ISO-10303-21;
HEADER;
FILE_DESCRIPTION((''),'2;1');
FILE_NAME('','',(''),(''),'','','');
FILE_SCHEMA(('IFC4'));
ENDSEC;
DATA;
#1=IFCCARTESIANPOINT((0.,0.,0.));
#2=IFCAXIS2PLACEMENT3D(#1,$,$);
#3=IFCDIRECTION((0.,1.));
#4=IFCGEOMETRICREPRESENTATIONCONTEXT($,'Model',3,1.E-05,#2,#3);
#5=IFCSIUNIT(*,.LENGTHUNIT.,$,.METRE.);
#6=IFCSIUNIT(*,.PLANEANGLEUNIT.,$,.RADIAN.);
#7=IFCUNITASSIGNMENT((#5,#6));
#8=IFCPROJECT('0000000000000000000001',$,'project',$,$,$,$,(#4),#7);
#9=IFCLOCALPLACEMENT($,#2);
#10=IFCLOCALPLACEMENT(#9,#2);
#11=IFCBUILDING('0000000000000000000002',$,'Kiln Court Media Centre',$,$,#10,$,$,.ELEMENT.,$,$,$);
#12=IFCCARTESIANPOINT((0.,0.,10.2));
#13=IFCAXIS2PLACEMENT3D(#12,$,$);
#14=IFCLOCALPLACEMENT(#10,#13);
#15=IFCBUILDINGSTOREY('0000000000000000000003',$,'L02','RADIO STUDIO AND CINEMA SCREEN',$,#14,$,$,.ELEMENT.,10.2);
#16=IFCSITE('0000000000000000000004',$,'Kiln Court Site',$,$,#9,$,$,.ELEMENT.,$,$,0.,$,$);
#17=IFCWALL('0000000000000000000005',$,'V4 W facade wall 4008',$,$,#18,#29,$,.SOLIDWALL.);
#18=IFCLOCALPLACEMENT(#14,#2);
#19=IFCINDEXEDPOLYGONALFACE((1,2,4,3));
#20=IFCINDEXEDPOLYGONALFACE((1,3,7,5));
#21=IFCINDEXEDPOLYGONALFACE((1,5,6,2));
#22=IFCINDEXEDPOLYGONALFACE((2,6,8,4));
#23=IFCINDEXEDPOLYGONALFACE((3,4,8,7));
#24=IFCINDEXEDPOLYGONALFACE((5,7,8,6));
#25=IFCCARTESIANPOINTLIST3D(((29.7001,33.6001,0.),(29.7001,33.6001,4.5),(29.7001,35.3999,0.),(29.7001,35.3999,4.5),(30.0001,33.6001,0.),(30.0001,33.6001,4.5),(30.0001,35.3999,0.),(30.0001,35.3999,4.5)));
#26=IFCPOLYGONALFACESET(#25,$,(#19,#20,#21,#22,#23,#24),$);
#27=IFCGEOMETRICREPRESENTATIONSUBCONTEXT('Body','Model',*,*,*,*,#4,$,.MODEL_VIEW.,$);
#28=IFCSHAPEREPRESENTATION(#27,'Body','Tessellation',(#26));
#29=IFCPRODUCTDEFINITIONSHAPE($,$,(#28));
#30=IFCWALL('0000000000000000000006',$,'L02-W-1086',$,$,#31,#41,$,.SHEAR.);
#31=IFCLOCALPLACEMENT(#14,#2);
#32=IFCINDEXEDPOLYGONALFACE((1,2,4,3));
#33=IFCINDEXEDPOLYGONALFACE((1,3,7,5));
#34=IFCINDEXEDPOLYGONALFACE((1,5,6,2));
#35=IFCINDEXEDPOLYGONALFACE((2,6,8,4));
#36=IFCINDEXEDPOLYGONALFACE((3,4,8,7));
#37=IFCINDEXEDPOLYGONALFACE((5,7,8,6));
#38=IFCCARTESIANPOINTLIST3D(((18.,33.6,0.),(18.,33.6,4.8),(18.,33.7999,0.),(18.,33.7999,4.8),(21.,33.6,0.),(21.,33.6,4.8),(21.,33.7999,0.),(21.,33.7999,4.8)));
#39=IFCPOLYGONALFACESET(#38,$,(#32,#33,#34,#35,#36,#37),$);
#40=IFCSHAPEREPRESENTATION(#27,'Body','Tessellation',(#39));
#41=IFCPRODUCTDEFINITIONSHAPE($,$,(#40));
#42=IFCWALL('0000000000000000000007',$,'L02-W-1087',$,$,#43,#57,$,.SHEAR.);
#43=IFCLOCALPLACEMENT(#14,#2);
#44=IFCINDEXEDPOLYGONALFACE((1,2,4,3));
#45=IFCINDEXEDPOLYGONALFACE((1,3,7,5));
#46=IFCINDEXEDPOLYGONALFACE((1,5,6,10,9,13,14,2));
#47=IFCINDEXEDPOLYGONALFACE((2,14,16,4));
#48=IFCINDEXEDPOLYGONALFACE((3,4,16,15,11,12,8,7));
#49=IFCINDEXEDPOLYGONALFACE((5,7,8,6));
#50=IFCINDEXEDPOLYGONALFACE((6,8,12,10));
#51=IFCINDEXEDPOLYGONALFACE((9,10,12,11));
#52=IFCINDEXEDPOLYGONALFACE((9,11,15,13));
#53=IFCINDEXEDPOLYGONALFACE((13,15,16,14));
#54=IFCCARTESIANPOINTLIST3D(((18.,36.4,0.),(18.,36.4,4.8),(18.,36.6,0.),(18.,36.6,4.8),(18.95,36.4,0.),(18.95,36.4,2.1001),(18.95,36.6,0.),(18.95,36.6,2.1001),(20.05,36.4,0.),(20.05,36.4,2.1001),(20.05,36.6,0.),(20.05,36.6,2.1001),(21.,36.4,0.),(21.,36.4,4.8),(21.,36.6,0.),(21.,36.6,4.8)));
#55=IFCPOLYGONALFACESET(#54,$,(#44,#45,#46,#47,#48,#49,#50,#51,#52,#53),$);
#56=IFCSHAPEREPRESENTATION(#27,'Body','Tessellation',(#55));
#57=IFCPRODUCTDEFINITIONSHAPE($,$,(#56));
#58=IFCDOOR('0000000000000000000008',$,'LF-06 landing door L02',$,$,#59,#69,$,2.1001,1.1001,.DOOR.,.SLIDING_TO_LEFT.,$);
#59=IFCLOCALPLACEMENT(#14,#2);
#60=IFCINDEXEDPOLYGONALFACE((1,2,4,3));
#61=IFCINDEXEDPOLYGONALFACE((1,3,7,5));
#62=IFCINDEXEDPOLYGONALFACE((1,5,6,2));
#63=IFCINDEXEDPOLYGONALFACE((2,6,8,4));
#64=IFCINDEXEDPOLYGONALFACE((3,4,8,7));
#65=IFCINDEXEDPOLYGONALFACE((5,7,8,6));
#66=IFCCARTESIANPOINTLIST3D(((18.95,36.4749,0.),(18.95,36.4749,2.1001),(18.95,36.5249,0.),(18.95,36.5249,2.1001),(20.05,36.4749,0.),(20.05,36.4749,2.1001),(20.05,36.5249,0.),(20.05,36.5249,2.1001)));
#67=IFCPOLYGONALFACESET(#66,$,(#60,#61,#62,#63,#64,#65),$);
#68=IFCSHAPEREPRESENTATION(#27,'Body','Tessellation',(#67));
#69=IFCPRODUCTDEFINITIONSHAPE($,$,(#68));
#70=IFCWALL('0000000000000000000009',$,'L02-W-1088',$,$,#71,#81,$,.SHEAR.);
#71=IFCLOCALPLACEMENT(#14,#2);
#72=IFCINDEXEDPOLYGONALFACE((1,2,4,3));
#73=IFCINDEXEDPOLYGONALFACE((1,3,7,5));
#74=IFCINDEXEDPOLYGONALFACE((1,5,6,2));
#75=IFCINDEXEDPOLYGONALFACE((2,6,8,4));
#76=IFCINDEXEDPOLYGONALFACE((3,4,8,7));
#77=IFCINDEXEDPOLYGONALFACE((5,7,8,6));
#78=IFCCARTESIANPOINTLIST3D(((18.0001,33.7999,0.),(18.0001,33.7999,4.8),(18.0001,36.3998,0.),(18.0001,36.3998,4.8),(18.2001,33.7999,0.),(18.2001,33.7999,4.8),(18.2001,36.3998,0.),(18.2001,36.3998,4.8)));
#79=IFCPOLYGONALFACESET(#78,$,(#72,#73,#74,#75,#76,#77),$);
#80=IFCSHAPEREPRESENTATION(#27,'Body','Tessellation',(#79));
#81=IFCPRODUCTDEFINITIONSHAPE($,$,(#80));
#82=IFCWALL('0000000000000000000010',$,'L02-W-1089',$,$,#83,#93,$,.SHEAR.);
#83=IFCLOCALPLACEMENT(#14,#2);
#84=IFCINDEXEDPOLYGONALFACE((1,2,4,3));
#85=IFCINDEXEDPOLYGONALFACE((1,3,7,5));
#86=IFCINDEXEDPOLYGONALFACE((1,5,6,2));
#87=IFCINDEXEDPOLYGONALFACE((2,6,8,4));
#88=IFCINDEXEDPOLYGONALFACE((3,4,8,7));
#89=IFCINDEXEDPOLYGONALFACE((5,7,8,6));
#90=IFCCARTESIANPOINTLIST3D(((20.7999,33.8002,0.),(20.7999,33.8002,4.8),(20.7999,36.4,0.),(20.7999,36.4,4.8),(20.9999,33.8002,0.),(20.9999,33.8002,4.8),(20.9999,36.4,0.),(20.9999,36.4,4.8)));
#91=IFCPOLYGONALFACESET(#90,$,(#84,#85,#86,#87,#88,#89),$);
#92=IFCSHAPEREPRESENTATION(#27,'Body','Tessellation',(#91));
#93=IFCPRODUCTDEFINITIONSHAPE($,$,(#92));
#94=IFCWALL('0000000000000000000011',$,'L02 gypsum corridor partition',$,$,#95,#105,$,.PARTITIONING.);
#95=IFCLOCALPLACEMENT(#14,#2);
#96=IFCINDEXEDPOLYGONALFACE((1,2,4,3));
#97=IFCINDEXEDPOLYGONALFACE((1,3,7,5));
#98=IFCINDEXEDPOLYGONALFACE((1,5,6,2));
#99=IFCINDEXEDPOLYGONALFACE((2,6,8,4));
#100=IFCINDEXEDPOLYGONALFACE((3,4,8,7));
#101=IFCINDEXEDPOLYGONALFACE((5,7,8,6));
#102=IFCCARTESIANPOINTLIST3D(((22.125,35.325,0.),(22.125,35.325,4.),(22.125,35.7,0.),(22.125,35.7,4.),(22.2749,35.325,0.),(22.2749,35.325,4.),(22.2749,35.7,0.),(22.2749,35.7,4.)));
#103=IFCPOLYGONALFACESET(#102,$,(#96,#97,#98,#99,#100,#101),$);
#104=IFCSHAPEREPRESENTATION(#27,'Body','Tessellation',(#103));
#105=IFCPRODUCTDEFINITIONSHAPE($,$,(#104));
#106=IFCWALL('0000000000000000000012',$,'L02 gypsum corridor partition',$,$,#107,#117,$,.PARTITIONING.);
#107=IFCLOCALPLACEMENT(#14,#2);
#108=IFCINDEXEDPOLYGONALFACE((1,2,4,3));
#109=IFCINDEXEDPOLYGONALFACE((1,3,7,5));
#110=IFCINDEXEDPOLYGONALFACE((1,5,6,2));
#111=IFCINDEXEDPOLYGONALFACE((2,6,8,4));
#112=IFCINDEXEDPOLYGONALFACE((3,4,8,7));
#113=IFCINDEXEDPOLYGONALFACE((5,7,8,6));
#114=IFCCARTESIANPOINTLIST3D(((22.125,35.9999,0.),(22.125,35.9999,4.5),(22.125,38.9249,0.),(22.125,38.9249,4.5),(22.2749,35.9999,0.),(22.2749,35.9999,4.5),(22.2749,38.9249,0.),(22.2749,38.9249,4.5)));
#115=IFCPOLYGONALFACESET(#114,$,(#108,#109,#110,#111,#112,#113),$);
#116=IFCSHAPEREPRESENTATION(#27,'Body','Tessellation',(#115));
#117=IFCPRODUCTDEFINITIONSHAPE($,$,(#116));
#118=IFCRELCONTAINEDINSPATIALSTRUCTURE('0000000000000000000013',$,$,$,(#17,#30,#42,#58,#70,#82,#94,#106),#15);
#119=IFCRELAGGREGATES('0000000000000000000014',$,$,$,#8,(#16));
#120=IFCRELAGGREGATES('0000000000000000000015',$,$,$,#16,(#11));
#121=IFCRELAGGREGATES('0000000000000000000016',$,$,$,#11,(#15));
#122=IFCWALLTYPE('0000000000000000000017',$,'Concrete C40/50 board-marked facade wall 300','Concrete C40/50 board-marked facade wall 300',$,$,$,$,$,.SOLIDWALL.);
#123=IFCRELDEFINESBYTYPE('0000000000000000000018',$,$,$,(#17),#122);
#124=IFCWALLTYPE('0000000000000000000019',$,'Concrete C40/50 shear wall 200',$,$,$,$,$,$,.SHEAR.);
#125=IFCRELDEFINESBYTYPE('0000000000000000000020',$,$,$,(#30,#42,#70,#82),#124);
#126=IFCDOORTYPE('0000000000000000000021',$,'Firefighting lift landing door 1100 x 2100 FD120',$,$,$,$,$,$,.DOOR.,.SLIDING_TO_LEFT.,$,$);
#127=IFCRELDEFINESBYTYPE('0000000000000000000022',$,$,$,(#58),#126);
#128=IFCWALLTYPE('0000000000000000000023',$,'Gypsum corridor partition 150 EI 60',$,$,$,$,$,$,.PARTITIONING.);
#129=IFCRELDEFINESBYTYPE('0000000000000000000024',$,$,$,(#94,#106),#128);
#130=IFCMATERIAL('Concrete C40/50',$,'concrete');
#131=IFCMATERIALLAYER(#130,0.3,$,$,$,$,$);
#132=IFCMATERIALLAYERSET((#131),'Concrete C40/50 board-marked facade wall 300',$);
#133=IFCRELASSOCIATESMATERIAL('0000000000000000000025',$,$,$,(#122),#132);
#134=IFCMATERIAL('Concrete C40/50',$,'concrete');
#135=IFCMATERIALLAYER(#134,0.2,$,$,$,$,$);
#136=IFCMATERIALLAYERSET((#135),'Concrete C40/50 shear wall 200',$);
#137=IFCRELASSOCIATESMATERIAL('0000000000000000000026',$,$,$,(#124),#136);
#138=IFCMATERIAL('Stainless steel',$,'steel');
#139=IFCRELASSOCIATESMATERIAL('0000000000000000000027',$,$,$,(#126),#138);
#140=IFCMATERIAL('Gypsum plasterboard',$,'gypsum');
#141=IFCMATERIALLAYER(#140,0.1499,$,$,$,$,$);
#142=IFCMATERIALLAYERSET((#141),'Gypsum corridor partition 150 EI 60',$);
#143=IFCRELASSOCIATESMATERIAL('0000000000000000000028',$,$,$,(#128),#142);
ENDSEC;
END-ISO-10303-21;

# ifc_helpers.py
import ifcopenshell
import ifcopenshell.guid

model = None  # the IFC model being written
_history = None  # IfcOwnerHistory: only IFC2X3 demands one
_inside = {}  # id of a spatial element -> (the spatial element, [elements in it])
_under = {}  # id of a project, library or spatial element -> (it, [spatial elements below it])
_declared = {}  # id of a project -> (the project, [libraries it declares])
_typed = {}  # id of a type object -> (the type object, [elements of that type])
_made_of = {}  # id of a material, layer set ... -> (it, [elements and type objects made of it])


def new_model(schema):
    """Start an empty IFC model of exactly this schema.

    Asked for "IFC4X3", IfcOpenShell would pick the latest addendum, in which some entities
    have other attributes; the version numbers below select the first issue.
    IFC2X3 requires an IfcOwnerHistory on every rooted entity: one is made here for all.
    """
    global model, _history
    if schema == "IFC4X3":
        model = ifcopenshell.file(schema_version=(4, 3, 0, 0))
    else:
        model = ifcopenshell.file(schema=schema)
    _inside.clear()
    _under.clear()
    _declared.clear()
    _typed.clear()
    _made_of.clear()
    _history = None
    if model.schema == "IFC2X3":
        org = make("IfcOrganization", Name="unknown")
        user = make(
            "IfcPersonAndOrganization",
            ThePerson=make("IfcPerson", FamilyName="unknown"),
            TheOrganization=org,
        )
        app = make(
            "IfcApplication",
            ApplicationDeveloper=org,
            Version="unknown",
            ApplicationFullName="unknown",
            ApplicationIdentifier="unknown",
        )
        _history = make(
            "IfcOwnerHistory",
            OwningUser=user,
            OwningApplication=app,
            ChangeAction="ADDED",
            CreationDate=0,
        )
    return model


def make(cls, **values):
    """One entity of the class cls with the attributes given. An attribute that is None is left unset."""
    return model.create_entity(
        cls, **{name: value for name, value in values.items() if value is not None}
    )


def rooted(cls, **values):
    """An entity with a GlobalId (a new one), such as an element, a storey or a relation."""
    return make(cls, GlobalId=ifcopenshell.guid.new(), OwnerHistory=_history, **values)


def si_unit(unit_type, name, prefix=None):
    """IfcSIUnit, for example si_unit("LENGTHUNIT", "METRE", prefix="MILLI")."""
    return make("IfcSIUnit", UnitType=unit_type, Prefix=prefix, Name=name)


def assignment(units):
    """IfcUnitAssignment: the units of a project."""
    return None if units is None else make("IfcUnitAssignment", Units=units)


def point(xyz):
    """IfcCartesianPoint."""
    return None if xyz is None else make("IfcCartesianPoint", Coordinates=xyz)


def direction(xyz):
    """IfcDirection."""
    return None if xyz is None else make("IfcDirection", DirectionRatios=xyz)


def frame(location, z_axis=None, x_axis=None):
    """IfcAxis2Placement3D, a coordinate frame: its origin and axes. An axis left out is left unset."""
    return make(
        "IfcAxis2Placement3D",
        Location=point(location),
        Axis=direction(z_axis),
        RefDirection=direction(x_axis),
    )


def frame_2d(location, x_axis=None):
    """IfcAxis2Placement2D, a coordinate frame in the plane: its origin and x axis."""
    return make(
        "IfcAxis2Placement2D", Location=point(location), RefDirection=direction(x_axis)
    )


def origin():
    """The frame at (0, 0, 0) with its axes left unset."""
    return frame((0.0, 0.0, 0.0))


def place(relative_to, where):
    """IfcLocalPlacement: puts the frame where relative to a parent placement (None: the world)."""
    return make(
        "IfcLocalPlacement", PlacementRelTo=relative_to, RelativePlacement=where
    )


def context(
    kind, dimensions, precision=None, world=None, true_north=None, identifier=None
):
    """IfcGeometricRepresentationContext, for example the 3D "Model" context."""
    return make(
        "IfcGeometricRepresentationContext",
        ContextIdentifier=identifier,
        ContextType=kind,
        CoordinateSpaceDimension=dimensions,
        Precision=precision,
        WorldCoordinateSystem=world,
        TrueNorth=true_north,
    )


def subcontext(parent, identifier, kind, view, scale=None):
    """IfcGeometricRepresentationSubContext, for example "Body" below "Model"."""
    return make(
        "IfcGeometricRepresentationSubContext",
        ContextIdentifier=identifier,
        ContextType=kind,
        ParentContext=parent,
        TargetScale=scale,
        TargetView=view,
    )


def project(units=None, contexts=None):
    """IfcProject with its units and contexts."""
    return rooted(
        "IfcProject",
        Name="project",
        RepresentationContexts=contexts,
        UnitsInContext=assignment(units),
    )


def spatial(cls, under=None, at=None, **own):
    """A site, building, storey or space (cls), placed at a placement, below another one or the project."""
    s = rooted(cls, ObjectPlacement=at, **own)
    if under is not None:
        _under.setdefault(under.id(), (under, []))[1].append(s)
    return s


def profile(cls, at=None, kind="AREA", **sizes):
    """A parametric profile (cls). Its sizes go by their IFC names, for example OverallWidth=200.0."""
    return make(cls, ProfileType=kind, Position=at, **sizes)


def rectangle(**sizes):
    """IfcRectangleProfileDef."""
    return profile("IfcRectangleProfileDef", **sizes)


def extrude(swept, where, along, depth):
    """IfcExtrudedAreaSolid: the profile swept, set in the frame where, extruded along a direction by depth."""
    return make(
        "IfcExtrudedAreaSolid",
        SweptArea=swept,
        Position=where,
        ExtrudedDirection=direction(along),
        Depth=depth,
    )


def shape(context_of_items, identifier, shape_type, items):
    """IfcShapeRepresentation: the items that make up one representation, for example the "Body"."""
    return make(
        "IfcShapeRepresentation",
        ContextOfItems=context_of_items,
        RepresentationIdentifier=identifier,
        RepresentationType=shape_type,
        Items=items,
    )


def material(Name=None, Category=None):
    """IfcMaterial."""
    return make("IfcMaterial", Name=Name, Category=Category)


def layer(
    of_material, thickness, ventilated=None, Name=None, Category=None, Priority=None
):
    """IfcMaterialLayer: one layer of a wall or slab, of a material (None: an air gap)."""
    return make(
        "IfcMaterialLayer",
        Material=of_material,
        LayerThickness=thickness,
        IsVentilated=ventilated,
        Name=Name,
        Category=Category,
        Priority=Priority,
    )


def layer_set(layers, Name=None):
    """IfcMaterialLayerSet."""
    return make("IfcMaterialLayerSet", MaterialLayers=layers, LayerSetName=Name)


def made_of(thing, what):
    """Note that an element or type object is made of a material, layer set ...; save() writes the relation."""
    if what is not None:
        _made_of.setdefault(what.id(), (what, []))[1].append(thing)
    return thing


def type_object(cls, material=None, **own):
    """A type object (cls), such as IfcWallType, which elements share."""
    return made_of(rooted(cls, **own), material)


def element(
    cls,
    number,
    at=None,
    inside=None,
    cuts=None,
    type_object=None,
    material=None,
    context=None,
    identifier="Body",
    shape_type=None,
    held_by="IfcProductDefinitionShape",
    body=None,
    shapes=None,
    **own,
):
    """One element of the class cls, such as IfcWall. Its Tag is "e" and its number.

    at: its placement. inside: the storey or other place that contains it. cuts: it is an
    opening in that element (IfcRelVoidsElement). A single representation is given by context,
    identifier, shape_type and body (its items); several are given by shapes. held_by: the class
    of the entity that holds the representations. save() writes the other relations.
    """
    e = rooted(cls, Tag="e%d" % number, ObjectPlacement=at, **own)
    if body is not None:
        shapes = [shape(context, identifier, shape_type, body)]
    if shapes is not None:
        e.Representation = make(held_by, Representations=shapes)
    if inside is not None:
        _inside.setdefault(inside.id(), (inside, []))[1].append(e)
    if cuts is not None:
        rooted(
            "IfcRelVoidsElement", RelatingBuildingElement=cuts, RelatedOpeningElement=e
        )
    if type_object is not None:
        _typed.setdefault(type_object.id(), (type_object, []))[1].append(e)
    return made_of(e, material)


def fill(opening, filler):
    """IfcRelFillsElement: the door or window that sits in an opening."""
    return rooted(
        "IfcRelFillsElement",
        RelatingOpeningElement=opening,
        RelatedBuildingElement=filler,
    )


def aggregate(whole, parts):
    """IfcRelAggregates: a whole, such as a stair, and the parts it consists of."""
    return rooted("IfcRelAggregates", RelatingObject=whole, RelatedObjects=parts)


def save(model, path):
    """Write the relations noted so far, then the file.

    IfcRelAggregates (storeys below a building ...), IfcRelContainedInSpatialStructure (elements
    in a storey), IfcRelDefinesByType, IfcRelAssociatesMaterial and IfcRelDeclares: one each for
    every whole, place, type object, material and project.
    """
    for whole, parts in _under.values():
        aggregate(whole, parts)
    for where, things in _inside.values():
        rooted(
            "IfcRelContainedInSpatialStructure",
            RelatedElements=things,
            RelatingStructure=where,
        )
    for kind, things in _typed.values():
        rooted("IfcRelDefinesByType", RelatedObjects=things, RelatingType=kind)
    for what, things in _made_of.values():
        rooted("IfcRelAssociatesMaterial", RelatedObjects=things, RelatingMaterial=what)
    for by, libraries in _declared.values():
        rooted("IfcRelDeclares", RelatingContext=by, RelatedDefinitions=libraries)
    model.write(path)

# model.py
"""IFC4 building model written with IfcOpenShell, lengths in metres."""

from ifc_helpers import new_model, si_unit, direction, frame, frame_2d, origin, place, context, subcontext, project, spatial, rectangle, extrude, material, layer, layer_set, type_object, element, fill, save


model = new_model("IFC4")

# Units and contexts
model_context = context("Model", 3, precision=1e-05, world=origin(), true_north=direction((0.0, 1.0)))
body_context = subcontext(model_context, "Body", "Model", "MODEL_VIEW")
ifc_project = project(units=[si_unit("LENGTHUNIT", "METRE"), si_unit("PLANEANGLEUNIT", "RADIAN")], contexts=[model_context])

# Site, building, storey
site_placement = place(None, origin())
site = spatial("IfcSite", under=ifc_project, at=site_placement, Name="Kiln Court Site", CompositionType="ELEMENT", RefElevation=0.0)
building_placement = place(site_placement, origin())
building = spatial("IfcBuilding", under=site, at=building_placement, Name="Kiln Court Media Centre", CompositionType="ELEMENT")
storey_placement = place(building_placement, frame((0.0, 0.0, 10.2)))
storey = spatial("IfcBuildingStorey", under=building, at=storey_placement, Name="L02", Description="RADIO STUDIO AND CINEMA SCREEN", CompositionType="ELEMENT", Elevation=10.2)

# Walls
ifc_material_1 = material(Name="Concrete C40/50", Category="concrete")
ifc_layer_1 = layer(ifc_material_1, 0.3)
ifc_layer_set_1 = layer_set([ifc_layer_1], Name="Concrete C40/50 board-marked facade wall 300")
wall_type_1 = type_object("IfcWallType", Name="Concrete C40/50 board-marked facade wall 300", Description="Concrete C40/50 board-marked facade wall 300", PredefinedType="SOLIDWALL", material=ifc_layer_set_1)
wall_1_placement = place(storey_placement, frame((29.8501, 33.6001, 0.0), z_axis=(0.0, 0.0, 1.0), x_axis=(0.0, 1.0, 0.0)))
element("IfcWall", 1, at=wall_1_placement, inside=storey, type_object=wall_type_1, Name="V4 W facade wall 4008", PredefinedType="SOLIDWALL", context=body_context, shape_type="SweptSolid", body=[
    extrude(rectangle(XDim=1.7998, YDim=0.3, at=frame_2d((0.8999, 0.0))), origin(), (0.0, 0.0, 1.0), 4.5),
])
ifc_material_2 = material(Name="Concrete C40/50", Category="concrete")
ifc_layer_2 = layer(ifc_material_2, 0.2)
ifc_layer_set_2 = layer_set([ifc_layer_2], Name="Concrete C40/50 shear wall 200")
wall_type_2 = type_object("IfcWallType", Name="Concrete C40/50 shear wall 200", PredefinedType="SHEAR", material=ifc_layer_set_2)
wall_2_placement = place(storey_placement, frame((21.0, 33.7, 0.0), z_axis=(0.0, 0.0, 1.0), x_axis=(-1.0, 0.0, 0.0)))
element("IfcWall", 2, at=wall_2_placement, inside=storey, type_object=wall_type_2, Name="L02-W-1086", PredefinedType="SHEAR", context=body_context, shape_type="SweptSolid", body=[
    extrude(rectangle(XDim=3.0, YDim=0.2, at=frame_2d((1.5, 0.0))), origin(), (0.0, 0.0, 1.0), 4.8),
])

# Wall, opening, door
wall_3_placement = place(storey_placement, frame((18.0, 36.5, 0.0), z_axis=(0.0, 0.0, 1.0), x_axis=(1.0, 0.0, 0.0)))
wall_3 = element("IfcWall", 3, at=wall_3_placement, inside=storey, type_object=wall_type_2, Name="L02-W-1087", PredefinedType="SHEAR", context=body_context, shape_type="SweptSolid", body=[
    extrude(rectangle(XDim=3.0, YDim=0.2, at=frame_2d((1.5, 0.0))), origin(), (0.0, 0.0, 1.0), 4.8),
])
opening_placement = place(wall_3_placement, frame((0.95, 0.0, 0.0)))
opening = element("IfcOpeningElement", 4, at=opening_placement, cuts=wall_3, PredefinedType="OPENING", context=body_context, shape_type="SweptSolid", body=[
    extrude(rectangle(XDim=1.1001, YDim=2.1001, at=frame_2d((0.55, 1.05))), frame((0.0, 0.1099, 0.0), z_axis=(0.0, -1.0, 0.0), x_axis=(1.0, 0.0, 0.0)), (0.0, 0.0, 1.0), 0.22),
])
ifc_material_3 = material(Name="Stainless steel", Category="steel")
door_type = type_object("IfcDoorType", Name="Firefighting lift landing door 1100 x 2100 FD120", OperationType="SLIDING_TO_LEFT", PredefinedType="DOOR", material=ifc_material_3)
door_placement = place(opening_placement, origin())
door = element("IfcDoor", 5, at=door_placement, inside=storey, type_object=door_type, Name="LF-06 landing door L02", OperationType="SLIDING_TO_LEFT", OverallHeight=2.1001, OverallWidth=1.1001, PredefinedType="DOOR", context=body_context, shape_type="SweptSolid", body=[
    extrude(rectangle(XDim=1.1001, YDim=2.1001, at=frame_2d((0.55, 1.05))), frame((0.0, 0.0249, 0.0), z_axis=(0.0, -1.0, 0.0), x_axis=(1.0, 0.0, 0.0)), (0.0, 0.0, 1.0), 0.05),
])
fill(opening, door)

# Walls
for number, where, z_axis, x_axis, name in (
    (6, (18.1001, 33.8, 0.0), (0.0, 0.0, 1.0), (0.0, 1.0, 0.0), "L02-W-1088"),
    (7, (20.8999, 36.3999, 0.0), (0.0, 0.0, 1.0), (0.0, -1.0, 0.0), "L02-W-1089"),
):
    element("IfcWall", number, at=place(storey_placement, frame(where, z_axis=z_axis, x_axis=x_axis)), inside=storey, type_object=wall_type_2, Name=name, PredefinedType="SHEAR", context=body_context, shape_type="SweptSolid", body=[
        extrude(rectangle(XDim=2.5999, YDim=0.2, at=frame_2d((1.2998, 0.0))), origin(), (0.0, 0.0, 1.0), 4.8),
    ])
ifc_material_4 = material(Name="Gypsum plasterboard", Category="gypsum")
ifc_layer_3 = layer(ifc_material_4, 0.1499)
ifc_layer_set_3 = layer_set([ifc_layer_3], Name="Gypsum corridor partition 150 EI 60")
wall_type_3 = type_object("IfcWallType", Name="Gypsum corridor partition 150 EI 60", PredefinedType="PARTITIONING", material=ifc_layer_set_3)
wall_4_placement = place(storey_placement, frame((22.2, 35.325, 0.0), z_axis=(0.0, 0.0, 1.0), x_axis=(0.0, 1.0, 0.0)))
element("IfcWall", 8, at=wall_4_placement, inside=storey, type_object=wall_type_3, Name="L02 gypsum corridor partition", PredefinedType="PARTITIONING", context=body_context, shape_type="SweptSolid", body=[
    extrude(rectangle(XDim=0.375, YDim=0.1499, at=frame_2d((0.1875, 0.0))), origin(), (0.0, 0.0, 1.0), 4.0),
])
wall_5_placement = place(storey_placement, frame((22.2, 36.0, 0.0), z_axis=(0.0, 0.0, 1.0), x_axis=(0.0, 1.0, 0.0)))
element("IfcWall", 9, at=wall_5_placement, inside=storey, type_object=wall_type_3, Name="L02 gypsum corridor partition", PredefinedType="PARTITIONING", context=body_context, shape_type="SweptSolid", body=[
    extrude(rectangle(XDim=2.925, YDim=0.1499, at=frame_2d((1.4624, 0.0))), origin(), (0.0, 0.0, 1.0), 4.5),
])

save(model, "model.ifc")
